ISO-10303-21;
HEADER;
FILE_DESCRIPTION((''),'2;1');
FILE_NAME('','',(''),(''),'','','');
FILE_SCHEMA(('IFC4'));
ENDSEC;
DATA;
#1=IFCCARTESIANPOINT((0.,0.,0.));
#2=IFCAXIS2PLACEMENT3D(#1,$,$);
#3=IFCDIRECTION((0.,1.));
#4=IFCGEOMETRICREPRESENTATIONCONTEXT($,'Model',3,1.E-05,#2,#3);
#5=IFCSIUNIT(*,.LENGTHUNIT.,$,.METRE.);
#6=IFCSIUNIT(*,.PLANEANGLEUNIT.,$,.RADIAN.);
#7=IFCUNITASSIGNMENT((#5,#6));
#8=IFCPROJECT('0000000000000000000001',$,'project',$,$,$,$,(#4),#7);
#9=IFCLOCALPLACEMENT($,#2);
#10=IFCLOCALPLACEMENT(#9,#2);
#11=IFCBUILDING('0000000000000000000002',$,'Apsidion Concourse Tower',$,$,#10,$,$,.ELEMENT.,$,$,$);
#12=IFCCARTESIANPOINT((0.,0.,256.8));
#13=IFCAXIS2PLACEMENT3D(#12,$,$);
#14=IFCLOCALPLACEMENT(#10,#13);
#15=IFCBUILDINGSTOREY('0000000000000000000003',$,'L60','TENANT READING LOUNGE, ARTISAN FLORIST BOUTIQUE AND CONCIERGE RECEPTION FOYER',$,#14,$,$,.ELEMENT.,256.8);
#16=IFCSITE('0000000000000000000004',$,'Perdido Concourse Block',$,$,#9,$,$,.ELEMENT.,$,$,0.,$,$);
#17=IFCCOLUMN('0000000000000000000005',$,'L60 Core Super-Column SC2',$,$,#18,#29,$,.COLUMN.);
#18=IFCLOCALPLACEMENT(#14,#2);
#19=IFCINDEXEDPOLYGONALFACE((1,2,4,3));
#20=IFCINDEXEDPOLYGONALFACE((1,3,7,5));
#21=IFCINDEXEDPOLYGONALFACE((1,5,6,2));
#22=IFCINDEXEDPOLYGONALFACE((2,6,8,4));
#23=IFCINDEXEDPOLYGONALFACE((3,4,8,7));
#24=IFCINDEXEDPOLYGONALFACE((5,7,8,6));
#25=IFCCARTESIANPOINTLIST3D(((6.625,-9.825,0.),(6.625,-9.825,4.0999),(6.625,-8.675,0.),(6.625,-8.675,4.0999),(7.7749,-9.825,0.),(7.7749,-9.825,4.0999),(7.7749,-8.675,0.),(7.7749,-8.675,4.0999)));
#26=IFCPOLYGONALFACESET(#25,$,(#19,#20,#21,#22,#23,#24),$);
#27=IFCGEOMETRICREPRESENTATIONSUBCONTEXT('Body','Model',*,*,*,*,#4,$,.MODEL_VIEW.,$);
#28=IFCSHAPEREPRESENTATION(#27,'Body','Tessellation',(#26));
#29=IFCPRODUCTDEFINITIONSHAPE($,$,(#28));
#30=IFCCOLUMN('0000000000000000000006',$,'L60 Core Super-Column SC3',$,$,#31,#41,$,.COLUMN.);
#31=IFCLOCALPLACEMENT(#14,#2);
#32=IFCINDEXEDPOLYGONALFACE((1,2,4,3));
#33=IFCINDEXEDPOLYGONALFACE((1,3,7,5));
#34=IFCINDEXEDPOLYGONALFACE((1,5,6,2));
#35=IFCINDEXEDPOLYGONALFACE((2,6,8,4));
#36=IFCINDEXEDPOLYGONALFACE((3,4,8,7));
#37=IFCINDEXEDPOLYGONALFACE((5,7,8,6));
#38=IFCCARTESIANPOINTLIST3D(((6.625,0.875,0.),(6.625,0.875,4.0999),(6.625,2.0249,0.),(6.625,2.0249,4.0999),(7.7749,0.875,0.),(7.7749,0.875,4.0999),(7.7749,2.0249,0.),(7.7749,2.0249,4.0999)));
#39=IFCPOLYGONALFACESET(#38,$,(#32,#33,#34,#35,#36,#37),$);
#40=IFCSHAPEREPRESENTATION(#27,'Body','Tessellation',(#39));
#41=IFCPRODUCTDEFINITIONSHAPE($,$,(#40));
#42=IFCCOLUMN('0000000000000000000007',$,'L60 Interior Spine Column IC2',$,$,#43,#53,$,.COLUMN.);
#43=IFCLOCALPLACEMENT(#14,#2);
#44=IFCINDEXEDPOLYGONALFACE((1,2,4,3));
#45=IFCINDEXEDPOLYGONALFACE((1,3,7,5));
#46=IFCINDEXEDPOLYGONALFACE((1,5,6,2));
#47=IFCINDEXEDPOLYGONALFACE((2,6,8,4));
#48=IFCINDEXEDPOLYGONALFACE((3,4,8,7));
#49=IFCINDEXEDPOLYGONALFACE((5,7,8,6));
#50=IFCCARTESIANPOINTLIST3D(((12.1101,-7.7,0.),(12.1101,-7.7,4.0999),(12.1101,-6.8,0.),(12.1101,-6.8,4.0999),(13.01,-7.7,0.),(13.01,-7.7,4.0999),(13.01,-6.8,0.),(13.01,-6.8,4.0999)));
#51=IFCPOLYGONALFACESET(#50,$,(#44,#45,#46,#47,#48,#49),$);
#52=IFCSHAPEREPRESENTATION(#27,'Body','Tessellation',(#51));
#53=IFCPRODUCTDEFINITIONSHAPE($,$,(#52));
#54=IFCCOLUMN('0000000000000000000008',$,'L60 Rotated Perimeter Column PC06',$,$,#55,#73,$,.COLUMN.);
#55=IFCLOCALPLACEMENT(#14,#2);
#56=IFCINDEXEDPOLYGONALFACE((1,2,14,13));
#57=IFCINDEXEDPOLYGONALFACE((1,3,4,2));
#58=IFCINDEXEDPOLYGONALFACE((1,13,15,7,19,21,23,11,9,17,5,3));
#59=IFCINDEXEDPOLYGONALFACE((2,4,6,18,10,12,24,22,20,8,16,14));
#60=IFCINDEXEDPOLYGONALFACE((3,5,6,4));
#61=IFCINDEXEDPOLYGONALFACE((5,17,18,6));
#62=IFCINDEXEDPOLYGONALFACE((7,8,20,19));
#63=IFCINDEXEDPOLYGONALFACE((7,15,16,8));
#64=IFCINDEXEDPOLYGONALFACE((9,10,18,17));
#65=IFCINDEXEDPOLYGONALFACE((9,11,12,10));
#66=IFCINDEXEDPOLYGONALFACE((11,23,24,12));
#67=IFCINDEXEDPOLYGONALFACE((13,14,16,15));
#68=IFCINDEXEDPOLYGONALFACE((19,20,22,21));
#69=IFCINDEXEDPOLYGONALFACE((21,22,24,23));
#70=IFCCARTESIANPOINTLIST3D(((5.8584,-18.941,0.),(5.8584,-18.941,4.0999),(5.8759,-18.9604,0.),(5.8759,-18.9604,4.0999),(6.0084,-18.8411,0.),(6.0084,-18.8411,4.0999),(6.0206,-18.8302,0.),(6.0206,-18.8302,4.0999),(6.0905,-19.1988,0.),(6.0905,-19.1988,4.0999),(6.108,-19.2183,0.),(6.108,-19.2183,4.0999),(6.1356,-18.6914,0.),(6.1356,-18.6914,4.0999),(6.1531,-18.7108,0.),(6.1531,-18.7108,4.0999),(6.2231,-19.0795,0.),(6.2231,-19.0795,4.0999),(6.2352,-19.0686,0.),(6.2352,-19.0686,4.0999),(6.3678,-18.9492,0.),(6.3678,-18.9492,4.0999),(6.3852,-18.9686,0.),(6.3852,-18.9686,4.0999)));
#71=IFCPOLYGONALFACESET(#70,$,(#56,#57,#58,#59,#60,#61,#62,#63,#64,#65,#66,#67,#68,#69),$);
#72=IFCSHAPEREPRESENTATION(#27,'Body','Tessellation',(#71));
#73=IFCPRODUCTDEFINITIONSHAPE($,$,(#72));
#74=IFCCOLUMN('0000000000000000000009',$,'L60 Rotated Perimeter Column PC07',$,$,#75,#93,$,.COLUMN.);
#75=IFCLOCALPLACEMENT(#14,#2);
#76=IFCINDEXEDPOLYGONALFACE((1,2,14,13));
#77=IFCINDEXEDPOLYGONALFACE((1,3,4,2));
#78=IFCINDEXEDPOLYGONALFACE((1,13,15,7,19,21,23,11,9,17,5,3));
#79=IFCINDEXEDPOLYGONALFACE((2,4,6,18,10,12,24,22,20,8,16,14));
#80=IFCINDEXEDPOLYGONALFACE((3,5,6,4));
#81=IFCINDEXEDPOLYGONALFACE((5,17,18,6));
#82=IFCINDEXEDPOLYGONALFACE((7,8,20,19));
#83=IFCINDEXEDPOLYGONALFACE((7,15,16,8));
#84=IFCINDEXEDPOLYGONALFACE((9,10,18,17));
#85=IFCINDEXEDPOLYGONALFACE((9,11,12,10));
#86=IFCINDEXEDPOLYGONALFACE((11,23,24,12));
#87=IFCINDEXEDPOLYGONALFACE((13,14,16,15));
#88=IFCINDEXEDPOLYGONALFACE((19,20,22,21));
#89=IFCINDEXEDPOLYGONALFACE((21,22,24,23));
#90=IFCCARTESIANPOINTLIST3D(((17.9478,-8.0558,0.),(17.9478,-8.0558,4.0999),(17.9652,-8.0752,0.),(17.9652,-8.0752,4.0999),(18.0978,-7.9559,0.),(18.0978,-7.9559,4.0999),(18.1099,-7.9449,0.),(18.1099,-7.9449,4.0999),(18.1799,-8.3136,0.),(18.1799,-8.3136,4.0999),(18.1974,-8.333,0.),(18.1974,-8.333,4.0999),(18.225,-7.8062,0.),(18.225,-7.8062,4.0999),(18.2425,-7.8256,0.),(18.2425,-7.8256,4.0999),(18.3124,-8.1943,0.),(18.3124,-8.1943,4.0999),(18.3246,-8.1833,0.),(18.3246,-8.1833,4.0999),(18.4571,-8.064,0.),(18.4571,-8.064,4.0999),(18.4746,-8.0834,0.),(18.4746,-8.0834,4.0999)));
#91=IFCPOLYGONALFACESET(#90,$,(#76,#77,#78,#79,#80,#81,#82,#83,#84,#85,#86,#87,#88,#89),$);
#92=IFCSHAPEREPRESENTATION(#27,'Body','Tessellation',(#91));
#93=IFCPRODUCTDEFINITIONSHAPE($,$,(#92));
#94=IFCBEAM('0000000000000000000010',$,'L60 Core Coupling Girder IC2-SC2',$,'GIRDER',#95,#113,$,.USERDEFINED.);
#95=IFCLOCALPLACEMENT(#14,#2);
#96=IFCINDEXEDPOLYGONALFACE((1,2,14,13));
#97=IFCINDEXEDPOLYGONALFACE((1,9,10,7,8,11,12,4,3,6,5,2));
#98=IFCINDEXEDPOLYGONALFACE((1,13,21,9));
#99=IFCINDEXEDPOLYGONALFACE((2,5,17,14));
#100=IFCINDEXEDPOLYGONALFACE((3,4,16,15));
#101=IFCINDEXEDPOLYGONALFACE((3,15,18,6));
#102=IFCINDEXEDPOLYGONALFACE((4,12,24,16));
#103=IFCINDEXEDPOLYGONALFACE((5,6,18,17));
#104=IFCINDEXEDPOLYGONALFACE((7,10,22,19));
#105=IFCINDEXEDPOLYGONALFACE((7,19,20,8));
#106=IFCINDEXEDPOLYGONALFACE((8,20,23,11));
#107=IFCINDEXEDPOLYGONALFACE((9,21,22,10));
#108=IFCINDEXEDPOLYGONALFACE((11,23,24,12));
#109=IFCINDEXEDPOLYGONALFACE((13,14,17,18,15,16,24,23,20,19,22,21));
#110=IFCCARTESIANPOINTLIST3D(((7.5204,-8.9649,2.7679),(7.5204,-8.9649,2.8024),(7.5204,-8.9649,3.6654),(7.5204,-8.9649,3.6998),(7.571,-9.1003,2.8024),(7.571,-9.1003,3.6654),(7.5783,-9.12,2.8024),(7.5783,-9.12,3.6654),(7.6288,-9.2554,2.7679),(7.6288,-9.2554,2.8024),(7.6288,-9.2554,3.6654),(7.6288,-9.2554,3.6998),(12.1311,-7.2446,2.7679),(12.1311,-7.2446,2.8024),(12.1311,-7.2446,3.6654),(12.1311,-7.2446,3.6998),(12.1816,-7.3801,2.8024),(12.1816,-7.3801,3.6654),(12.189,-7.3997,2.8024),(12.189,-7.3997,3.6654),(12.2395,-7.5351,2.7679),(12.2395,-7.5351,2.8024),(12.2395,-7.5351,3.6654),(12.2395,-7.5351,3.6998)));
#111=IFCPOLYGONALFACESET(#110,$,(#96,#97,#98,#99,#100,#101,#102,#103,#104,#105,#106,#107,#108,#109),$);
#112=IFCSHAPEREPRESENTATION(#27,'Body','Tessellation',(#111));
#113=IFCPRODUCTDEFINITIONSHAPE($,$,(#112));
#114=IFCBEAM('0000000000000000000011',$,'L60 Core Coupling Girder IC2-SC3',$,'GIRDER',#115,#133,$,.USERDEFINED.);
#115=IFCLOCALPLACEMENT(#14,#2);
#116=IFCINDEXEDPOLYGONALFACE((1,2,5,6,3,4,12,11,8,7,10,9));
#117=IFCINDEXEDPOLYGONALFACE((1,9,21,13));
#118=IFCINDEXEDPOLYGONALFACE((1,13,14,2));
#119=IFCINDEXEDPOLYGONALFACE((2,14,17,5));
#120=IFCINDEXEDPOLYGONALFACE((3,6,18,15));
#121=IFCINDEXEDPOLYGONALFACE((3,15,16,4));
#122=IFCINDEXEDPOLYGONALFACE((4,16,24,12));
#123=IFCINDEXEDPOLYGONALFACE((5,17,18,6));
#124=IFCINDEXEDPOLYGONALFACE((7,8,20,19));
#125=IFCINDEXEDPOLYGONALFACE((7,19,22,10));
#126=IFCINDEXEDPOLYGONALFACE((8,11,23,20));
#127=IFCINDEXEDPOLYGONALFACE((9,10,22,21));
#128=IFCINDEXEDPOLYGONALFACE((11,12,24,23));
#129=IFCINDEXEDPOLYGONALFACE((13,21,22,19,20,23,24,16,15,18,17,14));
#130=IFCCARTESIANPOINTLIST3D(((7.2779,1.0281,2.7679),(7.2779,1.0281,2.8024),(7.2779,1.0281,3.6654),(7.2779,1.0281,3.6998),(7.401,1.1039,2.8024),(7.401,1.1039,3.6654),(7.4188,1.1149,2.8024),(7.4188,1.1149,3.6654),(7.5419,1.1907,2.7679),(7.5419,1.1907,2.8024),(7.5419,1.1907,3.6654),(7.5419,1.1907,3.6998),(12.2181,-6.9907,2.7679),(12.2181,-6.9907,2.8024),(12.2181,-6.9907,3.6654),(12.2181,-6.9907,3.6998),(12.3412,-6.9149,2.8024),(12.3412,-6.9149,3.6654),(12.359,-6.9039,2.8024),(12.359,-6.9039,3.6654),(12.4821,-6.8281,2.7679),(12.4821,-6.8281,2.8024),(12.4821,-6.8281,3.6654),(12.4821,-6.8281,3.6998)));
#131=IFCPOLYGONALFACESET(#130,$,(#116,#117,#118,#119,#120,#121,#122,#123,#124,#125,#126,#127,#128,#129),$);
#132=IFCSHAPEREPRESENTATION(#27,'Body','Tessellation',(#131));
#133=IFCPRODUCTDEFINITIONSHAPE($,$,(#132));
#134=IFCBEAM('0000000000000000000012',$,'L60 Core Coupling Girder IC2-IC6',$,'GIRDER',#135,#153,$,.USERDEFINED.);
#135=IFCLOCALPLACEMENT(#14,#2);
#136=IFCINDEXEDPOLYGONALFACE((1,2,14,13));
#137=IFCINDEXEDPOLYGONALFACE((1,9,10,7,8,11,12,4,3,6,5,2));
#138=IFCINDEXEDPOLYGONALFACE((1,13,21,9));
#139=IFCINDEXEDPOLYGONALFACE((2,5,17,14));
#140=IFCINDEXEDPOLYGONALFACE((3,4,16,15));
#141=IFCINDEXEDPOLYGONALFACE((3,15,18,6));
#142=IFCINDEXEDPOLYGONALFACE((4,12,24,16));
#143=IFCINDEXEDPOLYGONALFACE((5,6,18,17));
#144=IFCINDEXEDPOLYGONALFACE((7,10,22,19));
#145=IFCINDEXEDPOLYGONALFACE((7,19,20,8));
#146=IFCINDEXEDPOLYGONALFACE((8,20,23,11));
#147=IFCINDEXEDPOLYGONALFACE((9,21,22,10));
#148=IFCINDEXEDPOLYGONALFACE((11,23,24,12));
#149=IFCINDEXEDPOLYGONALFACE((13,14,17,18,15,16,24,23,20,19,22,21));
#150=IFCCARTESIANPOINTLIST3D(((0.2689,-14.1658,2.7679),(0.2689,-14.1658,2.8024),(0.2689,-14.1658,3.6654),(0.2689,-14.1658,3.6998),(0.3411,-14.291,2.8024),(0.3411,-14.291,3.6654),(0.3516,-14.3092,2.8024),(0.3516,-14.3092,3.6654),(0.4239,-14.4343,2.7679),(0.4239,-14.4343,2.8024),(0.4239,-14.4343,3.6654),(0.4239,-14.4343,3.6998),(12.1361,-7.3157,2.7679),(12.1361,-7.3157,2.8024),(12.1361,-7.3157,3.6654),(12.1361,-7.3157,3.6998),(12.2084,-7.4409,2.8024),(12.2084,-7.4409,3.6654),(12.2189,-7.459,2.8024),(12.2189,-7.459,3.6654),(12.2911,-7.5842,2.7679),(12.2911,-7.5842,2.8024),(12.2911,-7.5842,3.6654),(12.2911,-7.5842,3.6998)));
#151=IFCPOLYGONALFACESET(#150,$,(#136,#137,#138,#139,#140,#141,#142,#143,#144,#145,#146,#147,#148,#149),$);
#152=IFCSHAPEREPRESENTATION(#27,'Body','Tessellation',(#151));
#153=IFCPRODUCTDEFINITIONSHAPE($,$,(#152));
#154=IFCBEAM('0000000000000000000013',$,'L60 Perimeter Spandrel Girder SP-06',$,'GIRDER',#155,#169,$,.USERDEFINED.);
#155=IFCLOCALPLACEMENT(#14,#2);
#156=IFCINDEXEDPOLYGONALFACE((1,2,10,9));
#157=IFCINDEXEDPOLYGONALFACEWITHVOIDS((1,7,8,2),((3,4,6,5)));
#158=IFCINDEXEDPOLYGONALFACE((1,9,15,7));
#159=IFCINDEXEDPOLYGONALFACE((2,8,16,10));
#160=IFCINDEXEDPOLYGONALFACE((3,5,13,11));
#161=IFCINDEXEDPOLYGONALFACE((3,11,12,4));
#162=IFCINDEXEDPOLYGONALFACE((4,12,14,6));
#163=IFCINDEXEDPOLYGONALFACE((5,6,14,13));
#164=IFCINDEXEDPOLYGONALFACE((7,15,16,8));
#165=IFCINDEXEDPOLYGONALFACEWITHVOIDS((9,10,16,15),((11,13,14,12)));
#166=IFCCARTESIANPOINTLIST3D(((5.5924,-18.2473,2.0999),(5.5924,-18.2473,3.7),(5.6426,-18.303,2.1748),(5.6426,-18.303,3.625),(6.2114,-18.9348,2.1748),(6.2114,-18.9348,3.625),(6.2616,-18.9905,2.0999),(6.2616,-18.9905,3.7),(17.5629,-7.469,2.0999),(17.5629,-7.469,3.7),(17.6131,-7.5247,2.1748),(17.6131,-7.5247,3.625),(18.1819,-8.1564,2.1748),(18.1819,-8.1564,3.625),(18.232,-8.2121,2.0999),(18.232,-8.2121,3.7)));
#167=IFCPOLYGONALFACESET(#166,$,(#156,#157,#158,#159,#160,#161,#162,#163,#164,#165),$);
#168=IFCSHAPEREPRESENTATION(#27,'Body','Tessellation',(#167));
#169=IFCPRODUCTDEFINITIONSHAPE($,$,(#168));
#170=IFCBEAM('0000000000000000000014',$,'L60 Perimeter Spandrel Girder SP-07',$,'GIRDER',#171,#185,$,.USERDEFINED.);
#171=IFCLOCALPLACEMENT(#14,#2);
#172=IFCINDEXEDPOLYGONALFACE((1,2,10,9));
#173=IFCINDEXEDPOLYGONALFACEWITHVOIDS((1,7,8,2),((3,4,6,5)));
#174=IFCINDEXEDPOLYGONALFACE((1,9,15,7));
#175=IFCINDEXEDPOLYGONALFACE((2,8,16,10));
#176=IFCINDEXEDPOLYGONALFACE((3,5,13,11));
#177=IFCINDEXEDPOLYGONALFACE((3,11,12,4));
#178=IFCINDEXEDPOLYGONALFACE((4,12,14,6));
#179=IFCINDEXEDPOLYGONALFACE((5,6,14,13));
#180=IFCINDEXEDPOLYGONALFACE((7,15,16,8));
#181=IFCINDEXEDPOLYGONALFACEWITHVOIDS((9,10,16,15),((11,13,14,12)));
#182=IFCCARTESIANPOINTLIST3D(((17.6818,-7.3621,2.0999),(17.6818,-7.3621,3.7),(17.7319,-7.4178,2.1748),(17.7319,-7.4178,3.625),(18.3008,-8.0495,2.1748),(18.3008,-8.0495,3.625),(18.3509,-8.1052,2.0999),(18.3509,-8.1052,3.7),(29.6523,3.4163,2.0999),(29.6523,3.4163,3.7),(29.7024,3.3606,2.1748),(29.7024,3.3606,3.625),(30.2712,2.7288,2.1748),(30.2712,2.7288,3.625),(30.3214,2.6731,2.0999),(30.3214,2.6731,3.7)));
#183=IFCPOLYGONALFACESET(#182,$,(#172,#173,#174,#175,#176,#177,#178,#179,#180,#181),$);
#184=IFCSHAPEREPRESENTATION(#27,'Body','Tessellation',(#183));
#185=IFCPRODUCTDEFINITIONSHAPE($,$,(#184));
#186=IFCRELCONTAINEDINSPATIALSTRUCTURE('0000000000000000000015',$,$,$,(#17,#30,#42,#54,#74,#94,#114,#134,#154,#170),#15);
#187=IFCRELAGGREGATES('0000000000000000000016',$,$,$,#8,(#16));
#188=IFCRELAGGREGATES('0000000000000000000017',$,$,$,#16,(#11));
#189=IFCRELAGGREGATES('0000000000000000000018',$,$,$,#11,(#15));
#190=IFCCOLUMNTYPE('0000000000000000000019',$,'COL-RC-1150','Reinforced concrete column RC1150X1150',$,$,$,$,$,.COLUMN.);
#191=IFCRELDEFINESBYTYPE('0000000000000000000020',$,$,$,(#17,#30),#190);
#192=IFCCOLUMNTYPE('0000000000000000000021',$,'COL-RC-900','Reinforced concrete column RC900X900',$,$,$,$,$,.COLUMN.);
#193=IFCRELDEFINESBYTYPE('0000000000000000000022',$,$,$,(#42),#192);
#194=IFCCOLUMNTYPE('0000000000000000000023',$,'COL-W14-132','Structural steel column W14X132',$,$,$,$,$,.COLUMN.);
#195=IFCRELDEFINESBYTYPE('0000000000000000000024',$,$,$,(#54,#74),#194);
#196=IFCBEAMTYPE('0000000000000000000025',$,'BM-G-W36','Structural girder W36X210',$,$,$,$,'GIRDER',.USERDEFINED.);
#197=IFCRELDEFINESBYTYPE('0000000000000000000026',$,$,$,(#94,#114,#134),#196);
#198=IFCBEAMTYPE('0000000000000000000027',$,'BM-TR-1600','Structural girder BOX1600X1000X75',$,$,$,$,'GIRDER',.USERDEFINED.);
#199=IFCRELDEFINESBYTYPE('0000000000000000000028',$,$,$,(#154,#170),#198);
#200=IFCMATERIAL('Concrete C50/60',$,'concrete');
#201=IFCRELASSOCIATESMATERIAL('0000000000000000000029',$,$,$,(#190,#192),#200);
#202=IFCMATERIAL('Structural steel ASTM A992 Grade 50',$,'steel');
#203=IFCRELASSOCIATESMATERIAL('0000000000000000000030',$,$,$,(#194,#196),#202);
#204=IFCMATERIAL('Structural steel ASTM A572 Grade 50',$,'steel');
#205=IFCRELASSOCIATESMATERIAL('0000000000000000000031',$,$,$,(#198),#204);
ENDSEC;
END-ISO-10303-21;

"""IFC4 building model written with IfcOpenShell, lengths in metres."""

from ifc_helpers import new_model, si_unit, direction, frame, origin, origin_2d, place, context, subcontext, project, spatial, rectangle, hollow_rectangle, i_section, extrude, material, material_profile, profile_set, type_object, element, save


model = new_model("IFC4")

# Units and contexts
model_context = context("Model", 3, precision=1e-05, world=origin(), true_north=direction((0.0, 1.0)))
body_context = subcontext(model_context, "Body", "Model", "MODEL_VIEW")
ifc_project = project(units=[si_unit("LENGTHUNIT", "METRE"), si_unit("PLANEANGLEUNIT", "RADIAN")], contexts=[model_context])

# Site, building, storey
site_placement = place(None, origin())
site = spatial("IfcSite", under=ifc_project, at=site_placement, Name="Perdido Concourse Block", CompositionType="ELEMENT", RefElevation=0.0)
building_placement = place(site_placement, origin())
building = spatial("IfcBuilding", under=site, at=building_placement, Name="Apsidion Concourse Tower", CompositionType="ELEMENT")
storey_placement = place(building_placement, frame((0.0, 0.0, 256.8)))
storey = spatial("IfcBuildingStorey", under=building, at=storey_placement, Name="L60", Description="TENANT READING LOUNGE, ARTISAN FLORIST BOUTIQUE AND CONCIERGE RECEPTION FOYER", CompositionType="ELEMENT", Elevation=256.8)

# Columns
ifc_material_1 = material(Name="Concrete C50/60", Category="concrete")
ifc_material_profile_1 = material_profile(ifc_material_1, rectangle(XDim=1.1499, YDim=1.1499, at=origin_2d()), Name="RC 1150x1150")
ifc_profile_set_1 = profile_set([ifc_material_profile_1], Name="Concrete C50/60")
column_type_1 = type_object("IfcColumnType", Name="COL-RC-1150", Description="Reinforced concrete column RC1150X1150", PredefinedType="COLUMN", material=ifc_profile_set_1)
for number, where, z_axis, x_axis, name in (
    (1, (7.2, -9.25, 0.0), (0.0, 0.0, 1.0), (1.0, 0.0, 0.0), "L60 Core Super-Column SC2"),
    (2, (7.2, 1.45, 0.0), (0.0, 0.0, 1.0), (1.0, 0.0, 0.0), "L60 Core Super-Column SC3"),
):
    element("IfcColumn", number, at=place(storey_placement, frame(where, z_axis=z_axis, x_axis=x_axis)), inside=storey, type_object=column_type_1, Name=name, PredefinedType="COLUMN", context=body_context, shape_type="SweptSolid", body=[
        extrude(rectangle(XDim=1.1499, YDim=1.1499, at=origin_2d()), origin(), (0.0, 0.0, 1.0), 4.0999),
    ])
ifc_material_profile_2 = material_profile(ifc_material_1, rectangle(XDim=0.8999, YDim=0.8999, at=origin_2d()), Name="RC 900x900")
ifc_profile_set_2 = profile_set([ifc_material_profile_2], Name="Concrete C50/60")
column_type_2 = type_object("IfcColumnType", Name="COL-RC-900", Description="Reinforced concrete column RC900X900", PredefinedType="COLUMN", material=ifc_profile_set_2)
column_placement = place(storey_placement, frame((12.5601, -7.25, 0.0), z_axis=(0.0, 0.0, 1.0), x_axis=(1.0, 0.0, 0.0)))
element("IfcColumn", 3, at=column_placement, inside=storey, type_object=column_type_2, Name="L60 Interior Spine Column IC2", PredefinedType="COLUMN", context=body_context, shape_type="SweptSolid", body=[
    extrude(rectangle(XDim=0.8999, YDim=0.8999, at=origin_2d()), origin(), (0.0, 0.0, 1.0), 4.0999),
])
ifc_material_2 = material(Name="Structural steel ASTM A992 Grade 50", Category="steel")
ifc_material_profile_3 = material_profile(ifc_material_2, i_section(OverallWidth=0.373, OverallDepth=0.373, WebThickness=0.0164, FlangeThickness=0.0261, at=origin_2d()), Name="W14X132")
ifc_profile_set_3 = profile_set([ifc_material_profile_3], Name="Structural steel ASTM A992 Grade 50")
column_type_3 = type_object("IfcColumnType", Name="COL-W14-132", Description="Structural steel column W14X132", PredefinedType="COLUMN", material=ifc_profile_set_3)
for number, where, z_axis, x_axis, name in (
    (4, (6.1218, -18.9548, 0.0), (0.0, 0.0, 1.0), (0.743145, 0.669131, 0.0), "L60 Rotated Perimeter Column PC06"),
    (5, (18.2112, -8.0696, 0.0), (0.0, 0.0, 1.0), (0.743145, 0.669131, 0.0), "L60 Rotated Perimeter Column PC07"),
):
    element("IfcColumn", number, at=place(storey_placement, frame(where, z_axis=z_axis, x_axis=x_axis)), inside=storey, type_object=column_type_3, Name=name, PredefinedType="COLUMN", context=body_context, shape_type="SweptSolid", body=[
        extrude(i_section(OverallWidth=0.373, OverallDepth=0.373, WebThickness=0.0164, FlangeThickness=0.0261, at=origin_2d()), origin(), (0.0, 0.0, 1.0), 4.0999),
    ])

# Beams
ifc_material_profile_4 = material_profile(ifc_material_2, i_section(OverallWidth=0.3101, OverallDepth=0.9319, WebThickness=0.021, FlangeThickness=0.0344, at=origin_2d()), Name="W36X210")
ifc_profile_set_4 = profile_set([ifc_material_profile_4], Name="Structural steel ASTM A992 Grade 50")
beam_type_1 = type_object("IfcBeamType", Name="BM-G-W36", Description="Structural girder W36X210", ElementType="GIRDER", PredefinedType="USERDEFINED", material=ifc_profile_set_4)
beam_1_placement = place(storey_placement, frame((12.1853, -7.3899, 3.2339), z_axis=(-0.936913, -0.349563, 0.0), x_axis=(0.349563, -0.936913, 0.0)))
element("IfcBeam", 6, at=beam_1_placement, inside=storey, type_object=beam_type_1, Name="L60 Core Coupling Girder IC2-SC2", ObjectType="GIRDER", PredefinedType="USERDEFINED", context=body_context, shape_type="SweptSolid", body=[
    extrude(i_section(OverallWidth=0.3101, OverallDepth=0.9319, WebThickness=0.021, FlangeThickness=0.0344, at=origin_2d()), origin(), (0.0, 0.0, 1.0), 4.9211),
])
beam_2_placement = place(storey_placement, frame((12.3501, -6.9094, 3.2339), z_axis=(-0.524524, 0.851396, 0.0), x_axis=(-0.851396, -0.524524, 0.0)))
element("IfcBeam", 7, at=beam_2_placement, inside=storey, type_object=beam_type_1, Name="L60 Core Coupling Girder IC2-SC3", ObjectType="GIRDER", PredefinedType="USERDEFINED", context=body_context, shape_type="SweptSolid", body=[
    extrude(i_section(OverallWidth=0.3101, OverallDepth=0.9319, WebThickness=0.021, FlangeThickness=0.0344, at=origin_2d()), origin(), (0.0, 0.0, 1.0), 9.4185),
])
beam_3_placement = place(storey_placement, frame((12.2136, -7.45, 3.2339), z_axis=(-0.86607, -0.499922, 0.0), x_axis=(0.499922, -0.86607, 0.0)))
element("IfcBeam", 8, at=beam_3_placement, inside=storey, type_object=beam_type_1, Name="L60 Core Coupling Girder IC2-IC6", ObjectType="GIRDER", PredefinedType="USERDEFINED", context=body_context, shape_type="SweptSolid", body=[
    extrude(i_section(OverallWidth=0.3101, OverallDepth=0.9319, WebThickness=0.021, FlangeThickness=0.0344, at=origin_2d()), origin(), (0.0, 0.0, 1.0), 13.7024),
])
ifc_material_3 = material(Name="Structural steel ASTM A572 Grade 50", Category="steel")
ifc_material_profile_5 = material_profile(ifc_material_3, hollow_rectangle(XDim=1.0, YDim=1.6001, WallThickness=0.075, at=origin_2d()), Name="BOX1600X1000X75")
ifc_profile_set_5 = profile_set([ifc_material_profile_5], Name="Structural steel ASTM A572 Grade 50")
beam_type_2 = type_object("IfcBeamType", Name="BM-TR-1600", Description="Structural girder BOX1600X1000X75", ElementType="GIRDER", PredefinedType="USERDEFINED", material=ifc_profile_set_5)
for number, where, z_axis, x_axis, name in (
    (9, (5.927, -18.6189, 2.8999), (0.743143, 0.669133, 0.0), (-0.669133, 0.743143, 0.0), "L60 Perimeter Spandrel Girder SP-06"),
    (10, (18.0164, -7.7336, 2.8999), (0.743143, 0.669133, 0.0), (-0.669133, 0.743143, 0.0), "L60 Perimeter Spandrel Girder SP-07"),
):
    element("IfcBeam", number, at=place(storey_placement, frame(where, z_axis=z_axis, x_axis=x_axis)), inside=storey, type_object=beam_type_2, Name=name, ObjectType="GIRDER", PredefinedType="USERDEFINED", context=body_context, shape_type="SweptSolid", body=[
        extrude(hollow_rectangle(XDim=1.0, YDim=1.6001, WallThickness=0.075, at=origin_2d()), origin(), (0.0, 0.0, 1.0), 16.1079),
    ])

save(model, "model.ifc")
